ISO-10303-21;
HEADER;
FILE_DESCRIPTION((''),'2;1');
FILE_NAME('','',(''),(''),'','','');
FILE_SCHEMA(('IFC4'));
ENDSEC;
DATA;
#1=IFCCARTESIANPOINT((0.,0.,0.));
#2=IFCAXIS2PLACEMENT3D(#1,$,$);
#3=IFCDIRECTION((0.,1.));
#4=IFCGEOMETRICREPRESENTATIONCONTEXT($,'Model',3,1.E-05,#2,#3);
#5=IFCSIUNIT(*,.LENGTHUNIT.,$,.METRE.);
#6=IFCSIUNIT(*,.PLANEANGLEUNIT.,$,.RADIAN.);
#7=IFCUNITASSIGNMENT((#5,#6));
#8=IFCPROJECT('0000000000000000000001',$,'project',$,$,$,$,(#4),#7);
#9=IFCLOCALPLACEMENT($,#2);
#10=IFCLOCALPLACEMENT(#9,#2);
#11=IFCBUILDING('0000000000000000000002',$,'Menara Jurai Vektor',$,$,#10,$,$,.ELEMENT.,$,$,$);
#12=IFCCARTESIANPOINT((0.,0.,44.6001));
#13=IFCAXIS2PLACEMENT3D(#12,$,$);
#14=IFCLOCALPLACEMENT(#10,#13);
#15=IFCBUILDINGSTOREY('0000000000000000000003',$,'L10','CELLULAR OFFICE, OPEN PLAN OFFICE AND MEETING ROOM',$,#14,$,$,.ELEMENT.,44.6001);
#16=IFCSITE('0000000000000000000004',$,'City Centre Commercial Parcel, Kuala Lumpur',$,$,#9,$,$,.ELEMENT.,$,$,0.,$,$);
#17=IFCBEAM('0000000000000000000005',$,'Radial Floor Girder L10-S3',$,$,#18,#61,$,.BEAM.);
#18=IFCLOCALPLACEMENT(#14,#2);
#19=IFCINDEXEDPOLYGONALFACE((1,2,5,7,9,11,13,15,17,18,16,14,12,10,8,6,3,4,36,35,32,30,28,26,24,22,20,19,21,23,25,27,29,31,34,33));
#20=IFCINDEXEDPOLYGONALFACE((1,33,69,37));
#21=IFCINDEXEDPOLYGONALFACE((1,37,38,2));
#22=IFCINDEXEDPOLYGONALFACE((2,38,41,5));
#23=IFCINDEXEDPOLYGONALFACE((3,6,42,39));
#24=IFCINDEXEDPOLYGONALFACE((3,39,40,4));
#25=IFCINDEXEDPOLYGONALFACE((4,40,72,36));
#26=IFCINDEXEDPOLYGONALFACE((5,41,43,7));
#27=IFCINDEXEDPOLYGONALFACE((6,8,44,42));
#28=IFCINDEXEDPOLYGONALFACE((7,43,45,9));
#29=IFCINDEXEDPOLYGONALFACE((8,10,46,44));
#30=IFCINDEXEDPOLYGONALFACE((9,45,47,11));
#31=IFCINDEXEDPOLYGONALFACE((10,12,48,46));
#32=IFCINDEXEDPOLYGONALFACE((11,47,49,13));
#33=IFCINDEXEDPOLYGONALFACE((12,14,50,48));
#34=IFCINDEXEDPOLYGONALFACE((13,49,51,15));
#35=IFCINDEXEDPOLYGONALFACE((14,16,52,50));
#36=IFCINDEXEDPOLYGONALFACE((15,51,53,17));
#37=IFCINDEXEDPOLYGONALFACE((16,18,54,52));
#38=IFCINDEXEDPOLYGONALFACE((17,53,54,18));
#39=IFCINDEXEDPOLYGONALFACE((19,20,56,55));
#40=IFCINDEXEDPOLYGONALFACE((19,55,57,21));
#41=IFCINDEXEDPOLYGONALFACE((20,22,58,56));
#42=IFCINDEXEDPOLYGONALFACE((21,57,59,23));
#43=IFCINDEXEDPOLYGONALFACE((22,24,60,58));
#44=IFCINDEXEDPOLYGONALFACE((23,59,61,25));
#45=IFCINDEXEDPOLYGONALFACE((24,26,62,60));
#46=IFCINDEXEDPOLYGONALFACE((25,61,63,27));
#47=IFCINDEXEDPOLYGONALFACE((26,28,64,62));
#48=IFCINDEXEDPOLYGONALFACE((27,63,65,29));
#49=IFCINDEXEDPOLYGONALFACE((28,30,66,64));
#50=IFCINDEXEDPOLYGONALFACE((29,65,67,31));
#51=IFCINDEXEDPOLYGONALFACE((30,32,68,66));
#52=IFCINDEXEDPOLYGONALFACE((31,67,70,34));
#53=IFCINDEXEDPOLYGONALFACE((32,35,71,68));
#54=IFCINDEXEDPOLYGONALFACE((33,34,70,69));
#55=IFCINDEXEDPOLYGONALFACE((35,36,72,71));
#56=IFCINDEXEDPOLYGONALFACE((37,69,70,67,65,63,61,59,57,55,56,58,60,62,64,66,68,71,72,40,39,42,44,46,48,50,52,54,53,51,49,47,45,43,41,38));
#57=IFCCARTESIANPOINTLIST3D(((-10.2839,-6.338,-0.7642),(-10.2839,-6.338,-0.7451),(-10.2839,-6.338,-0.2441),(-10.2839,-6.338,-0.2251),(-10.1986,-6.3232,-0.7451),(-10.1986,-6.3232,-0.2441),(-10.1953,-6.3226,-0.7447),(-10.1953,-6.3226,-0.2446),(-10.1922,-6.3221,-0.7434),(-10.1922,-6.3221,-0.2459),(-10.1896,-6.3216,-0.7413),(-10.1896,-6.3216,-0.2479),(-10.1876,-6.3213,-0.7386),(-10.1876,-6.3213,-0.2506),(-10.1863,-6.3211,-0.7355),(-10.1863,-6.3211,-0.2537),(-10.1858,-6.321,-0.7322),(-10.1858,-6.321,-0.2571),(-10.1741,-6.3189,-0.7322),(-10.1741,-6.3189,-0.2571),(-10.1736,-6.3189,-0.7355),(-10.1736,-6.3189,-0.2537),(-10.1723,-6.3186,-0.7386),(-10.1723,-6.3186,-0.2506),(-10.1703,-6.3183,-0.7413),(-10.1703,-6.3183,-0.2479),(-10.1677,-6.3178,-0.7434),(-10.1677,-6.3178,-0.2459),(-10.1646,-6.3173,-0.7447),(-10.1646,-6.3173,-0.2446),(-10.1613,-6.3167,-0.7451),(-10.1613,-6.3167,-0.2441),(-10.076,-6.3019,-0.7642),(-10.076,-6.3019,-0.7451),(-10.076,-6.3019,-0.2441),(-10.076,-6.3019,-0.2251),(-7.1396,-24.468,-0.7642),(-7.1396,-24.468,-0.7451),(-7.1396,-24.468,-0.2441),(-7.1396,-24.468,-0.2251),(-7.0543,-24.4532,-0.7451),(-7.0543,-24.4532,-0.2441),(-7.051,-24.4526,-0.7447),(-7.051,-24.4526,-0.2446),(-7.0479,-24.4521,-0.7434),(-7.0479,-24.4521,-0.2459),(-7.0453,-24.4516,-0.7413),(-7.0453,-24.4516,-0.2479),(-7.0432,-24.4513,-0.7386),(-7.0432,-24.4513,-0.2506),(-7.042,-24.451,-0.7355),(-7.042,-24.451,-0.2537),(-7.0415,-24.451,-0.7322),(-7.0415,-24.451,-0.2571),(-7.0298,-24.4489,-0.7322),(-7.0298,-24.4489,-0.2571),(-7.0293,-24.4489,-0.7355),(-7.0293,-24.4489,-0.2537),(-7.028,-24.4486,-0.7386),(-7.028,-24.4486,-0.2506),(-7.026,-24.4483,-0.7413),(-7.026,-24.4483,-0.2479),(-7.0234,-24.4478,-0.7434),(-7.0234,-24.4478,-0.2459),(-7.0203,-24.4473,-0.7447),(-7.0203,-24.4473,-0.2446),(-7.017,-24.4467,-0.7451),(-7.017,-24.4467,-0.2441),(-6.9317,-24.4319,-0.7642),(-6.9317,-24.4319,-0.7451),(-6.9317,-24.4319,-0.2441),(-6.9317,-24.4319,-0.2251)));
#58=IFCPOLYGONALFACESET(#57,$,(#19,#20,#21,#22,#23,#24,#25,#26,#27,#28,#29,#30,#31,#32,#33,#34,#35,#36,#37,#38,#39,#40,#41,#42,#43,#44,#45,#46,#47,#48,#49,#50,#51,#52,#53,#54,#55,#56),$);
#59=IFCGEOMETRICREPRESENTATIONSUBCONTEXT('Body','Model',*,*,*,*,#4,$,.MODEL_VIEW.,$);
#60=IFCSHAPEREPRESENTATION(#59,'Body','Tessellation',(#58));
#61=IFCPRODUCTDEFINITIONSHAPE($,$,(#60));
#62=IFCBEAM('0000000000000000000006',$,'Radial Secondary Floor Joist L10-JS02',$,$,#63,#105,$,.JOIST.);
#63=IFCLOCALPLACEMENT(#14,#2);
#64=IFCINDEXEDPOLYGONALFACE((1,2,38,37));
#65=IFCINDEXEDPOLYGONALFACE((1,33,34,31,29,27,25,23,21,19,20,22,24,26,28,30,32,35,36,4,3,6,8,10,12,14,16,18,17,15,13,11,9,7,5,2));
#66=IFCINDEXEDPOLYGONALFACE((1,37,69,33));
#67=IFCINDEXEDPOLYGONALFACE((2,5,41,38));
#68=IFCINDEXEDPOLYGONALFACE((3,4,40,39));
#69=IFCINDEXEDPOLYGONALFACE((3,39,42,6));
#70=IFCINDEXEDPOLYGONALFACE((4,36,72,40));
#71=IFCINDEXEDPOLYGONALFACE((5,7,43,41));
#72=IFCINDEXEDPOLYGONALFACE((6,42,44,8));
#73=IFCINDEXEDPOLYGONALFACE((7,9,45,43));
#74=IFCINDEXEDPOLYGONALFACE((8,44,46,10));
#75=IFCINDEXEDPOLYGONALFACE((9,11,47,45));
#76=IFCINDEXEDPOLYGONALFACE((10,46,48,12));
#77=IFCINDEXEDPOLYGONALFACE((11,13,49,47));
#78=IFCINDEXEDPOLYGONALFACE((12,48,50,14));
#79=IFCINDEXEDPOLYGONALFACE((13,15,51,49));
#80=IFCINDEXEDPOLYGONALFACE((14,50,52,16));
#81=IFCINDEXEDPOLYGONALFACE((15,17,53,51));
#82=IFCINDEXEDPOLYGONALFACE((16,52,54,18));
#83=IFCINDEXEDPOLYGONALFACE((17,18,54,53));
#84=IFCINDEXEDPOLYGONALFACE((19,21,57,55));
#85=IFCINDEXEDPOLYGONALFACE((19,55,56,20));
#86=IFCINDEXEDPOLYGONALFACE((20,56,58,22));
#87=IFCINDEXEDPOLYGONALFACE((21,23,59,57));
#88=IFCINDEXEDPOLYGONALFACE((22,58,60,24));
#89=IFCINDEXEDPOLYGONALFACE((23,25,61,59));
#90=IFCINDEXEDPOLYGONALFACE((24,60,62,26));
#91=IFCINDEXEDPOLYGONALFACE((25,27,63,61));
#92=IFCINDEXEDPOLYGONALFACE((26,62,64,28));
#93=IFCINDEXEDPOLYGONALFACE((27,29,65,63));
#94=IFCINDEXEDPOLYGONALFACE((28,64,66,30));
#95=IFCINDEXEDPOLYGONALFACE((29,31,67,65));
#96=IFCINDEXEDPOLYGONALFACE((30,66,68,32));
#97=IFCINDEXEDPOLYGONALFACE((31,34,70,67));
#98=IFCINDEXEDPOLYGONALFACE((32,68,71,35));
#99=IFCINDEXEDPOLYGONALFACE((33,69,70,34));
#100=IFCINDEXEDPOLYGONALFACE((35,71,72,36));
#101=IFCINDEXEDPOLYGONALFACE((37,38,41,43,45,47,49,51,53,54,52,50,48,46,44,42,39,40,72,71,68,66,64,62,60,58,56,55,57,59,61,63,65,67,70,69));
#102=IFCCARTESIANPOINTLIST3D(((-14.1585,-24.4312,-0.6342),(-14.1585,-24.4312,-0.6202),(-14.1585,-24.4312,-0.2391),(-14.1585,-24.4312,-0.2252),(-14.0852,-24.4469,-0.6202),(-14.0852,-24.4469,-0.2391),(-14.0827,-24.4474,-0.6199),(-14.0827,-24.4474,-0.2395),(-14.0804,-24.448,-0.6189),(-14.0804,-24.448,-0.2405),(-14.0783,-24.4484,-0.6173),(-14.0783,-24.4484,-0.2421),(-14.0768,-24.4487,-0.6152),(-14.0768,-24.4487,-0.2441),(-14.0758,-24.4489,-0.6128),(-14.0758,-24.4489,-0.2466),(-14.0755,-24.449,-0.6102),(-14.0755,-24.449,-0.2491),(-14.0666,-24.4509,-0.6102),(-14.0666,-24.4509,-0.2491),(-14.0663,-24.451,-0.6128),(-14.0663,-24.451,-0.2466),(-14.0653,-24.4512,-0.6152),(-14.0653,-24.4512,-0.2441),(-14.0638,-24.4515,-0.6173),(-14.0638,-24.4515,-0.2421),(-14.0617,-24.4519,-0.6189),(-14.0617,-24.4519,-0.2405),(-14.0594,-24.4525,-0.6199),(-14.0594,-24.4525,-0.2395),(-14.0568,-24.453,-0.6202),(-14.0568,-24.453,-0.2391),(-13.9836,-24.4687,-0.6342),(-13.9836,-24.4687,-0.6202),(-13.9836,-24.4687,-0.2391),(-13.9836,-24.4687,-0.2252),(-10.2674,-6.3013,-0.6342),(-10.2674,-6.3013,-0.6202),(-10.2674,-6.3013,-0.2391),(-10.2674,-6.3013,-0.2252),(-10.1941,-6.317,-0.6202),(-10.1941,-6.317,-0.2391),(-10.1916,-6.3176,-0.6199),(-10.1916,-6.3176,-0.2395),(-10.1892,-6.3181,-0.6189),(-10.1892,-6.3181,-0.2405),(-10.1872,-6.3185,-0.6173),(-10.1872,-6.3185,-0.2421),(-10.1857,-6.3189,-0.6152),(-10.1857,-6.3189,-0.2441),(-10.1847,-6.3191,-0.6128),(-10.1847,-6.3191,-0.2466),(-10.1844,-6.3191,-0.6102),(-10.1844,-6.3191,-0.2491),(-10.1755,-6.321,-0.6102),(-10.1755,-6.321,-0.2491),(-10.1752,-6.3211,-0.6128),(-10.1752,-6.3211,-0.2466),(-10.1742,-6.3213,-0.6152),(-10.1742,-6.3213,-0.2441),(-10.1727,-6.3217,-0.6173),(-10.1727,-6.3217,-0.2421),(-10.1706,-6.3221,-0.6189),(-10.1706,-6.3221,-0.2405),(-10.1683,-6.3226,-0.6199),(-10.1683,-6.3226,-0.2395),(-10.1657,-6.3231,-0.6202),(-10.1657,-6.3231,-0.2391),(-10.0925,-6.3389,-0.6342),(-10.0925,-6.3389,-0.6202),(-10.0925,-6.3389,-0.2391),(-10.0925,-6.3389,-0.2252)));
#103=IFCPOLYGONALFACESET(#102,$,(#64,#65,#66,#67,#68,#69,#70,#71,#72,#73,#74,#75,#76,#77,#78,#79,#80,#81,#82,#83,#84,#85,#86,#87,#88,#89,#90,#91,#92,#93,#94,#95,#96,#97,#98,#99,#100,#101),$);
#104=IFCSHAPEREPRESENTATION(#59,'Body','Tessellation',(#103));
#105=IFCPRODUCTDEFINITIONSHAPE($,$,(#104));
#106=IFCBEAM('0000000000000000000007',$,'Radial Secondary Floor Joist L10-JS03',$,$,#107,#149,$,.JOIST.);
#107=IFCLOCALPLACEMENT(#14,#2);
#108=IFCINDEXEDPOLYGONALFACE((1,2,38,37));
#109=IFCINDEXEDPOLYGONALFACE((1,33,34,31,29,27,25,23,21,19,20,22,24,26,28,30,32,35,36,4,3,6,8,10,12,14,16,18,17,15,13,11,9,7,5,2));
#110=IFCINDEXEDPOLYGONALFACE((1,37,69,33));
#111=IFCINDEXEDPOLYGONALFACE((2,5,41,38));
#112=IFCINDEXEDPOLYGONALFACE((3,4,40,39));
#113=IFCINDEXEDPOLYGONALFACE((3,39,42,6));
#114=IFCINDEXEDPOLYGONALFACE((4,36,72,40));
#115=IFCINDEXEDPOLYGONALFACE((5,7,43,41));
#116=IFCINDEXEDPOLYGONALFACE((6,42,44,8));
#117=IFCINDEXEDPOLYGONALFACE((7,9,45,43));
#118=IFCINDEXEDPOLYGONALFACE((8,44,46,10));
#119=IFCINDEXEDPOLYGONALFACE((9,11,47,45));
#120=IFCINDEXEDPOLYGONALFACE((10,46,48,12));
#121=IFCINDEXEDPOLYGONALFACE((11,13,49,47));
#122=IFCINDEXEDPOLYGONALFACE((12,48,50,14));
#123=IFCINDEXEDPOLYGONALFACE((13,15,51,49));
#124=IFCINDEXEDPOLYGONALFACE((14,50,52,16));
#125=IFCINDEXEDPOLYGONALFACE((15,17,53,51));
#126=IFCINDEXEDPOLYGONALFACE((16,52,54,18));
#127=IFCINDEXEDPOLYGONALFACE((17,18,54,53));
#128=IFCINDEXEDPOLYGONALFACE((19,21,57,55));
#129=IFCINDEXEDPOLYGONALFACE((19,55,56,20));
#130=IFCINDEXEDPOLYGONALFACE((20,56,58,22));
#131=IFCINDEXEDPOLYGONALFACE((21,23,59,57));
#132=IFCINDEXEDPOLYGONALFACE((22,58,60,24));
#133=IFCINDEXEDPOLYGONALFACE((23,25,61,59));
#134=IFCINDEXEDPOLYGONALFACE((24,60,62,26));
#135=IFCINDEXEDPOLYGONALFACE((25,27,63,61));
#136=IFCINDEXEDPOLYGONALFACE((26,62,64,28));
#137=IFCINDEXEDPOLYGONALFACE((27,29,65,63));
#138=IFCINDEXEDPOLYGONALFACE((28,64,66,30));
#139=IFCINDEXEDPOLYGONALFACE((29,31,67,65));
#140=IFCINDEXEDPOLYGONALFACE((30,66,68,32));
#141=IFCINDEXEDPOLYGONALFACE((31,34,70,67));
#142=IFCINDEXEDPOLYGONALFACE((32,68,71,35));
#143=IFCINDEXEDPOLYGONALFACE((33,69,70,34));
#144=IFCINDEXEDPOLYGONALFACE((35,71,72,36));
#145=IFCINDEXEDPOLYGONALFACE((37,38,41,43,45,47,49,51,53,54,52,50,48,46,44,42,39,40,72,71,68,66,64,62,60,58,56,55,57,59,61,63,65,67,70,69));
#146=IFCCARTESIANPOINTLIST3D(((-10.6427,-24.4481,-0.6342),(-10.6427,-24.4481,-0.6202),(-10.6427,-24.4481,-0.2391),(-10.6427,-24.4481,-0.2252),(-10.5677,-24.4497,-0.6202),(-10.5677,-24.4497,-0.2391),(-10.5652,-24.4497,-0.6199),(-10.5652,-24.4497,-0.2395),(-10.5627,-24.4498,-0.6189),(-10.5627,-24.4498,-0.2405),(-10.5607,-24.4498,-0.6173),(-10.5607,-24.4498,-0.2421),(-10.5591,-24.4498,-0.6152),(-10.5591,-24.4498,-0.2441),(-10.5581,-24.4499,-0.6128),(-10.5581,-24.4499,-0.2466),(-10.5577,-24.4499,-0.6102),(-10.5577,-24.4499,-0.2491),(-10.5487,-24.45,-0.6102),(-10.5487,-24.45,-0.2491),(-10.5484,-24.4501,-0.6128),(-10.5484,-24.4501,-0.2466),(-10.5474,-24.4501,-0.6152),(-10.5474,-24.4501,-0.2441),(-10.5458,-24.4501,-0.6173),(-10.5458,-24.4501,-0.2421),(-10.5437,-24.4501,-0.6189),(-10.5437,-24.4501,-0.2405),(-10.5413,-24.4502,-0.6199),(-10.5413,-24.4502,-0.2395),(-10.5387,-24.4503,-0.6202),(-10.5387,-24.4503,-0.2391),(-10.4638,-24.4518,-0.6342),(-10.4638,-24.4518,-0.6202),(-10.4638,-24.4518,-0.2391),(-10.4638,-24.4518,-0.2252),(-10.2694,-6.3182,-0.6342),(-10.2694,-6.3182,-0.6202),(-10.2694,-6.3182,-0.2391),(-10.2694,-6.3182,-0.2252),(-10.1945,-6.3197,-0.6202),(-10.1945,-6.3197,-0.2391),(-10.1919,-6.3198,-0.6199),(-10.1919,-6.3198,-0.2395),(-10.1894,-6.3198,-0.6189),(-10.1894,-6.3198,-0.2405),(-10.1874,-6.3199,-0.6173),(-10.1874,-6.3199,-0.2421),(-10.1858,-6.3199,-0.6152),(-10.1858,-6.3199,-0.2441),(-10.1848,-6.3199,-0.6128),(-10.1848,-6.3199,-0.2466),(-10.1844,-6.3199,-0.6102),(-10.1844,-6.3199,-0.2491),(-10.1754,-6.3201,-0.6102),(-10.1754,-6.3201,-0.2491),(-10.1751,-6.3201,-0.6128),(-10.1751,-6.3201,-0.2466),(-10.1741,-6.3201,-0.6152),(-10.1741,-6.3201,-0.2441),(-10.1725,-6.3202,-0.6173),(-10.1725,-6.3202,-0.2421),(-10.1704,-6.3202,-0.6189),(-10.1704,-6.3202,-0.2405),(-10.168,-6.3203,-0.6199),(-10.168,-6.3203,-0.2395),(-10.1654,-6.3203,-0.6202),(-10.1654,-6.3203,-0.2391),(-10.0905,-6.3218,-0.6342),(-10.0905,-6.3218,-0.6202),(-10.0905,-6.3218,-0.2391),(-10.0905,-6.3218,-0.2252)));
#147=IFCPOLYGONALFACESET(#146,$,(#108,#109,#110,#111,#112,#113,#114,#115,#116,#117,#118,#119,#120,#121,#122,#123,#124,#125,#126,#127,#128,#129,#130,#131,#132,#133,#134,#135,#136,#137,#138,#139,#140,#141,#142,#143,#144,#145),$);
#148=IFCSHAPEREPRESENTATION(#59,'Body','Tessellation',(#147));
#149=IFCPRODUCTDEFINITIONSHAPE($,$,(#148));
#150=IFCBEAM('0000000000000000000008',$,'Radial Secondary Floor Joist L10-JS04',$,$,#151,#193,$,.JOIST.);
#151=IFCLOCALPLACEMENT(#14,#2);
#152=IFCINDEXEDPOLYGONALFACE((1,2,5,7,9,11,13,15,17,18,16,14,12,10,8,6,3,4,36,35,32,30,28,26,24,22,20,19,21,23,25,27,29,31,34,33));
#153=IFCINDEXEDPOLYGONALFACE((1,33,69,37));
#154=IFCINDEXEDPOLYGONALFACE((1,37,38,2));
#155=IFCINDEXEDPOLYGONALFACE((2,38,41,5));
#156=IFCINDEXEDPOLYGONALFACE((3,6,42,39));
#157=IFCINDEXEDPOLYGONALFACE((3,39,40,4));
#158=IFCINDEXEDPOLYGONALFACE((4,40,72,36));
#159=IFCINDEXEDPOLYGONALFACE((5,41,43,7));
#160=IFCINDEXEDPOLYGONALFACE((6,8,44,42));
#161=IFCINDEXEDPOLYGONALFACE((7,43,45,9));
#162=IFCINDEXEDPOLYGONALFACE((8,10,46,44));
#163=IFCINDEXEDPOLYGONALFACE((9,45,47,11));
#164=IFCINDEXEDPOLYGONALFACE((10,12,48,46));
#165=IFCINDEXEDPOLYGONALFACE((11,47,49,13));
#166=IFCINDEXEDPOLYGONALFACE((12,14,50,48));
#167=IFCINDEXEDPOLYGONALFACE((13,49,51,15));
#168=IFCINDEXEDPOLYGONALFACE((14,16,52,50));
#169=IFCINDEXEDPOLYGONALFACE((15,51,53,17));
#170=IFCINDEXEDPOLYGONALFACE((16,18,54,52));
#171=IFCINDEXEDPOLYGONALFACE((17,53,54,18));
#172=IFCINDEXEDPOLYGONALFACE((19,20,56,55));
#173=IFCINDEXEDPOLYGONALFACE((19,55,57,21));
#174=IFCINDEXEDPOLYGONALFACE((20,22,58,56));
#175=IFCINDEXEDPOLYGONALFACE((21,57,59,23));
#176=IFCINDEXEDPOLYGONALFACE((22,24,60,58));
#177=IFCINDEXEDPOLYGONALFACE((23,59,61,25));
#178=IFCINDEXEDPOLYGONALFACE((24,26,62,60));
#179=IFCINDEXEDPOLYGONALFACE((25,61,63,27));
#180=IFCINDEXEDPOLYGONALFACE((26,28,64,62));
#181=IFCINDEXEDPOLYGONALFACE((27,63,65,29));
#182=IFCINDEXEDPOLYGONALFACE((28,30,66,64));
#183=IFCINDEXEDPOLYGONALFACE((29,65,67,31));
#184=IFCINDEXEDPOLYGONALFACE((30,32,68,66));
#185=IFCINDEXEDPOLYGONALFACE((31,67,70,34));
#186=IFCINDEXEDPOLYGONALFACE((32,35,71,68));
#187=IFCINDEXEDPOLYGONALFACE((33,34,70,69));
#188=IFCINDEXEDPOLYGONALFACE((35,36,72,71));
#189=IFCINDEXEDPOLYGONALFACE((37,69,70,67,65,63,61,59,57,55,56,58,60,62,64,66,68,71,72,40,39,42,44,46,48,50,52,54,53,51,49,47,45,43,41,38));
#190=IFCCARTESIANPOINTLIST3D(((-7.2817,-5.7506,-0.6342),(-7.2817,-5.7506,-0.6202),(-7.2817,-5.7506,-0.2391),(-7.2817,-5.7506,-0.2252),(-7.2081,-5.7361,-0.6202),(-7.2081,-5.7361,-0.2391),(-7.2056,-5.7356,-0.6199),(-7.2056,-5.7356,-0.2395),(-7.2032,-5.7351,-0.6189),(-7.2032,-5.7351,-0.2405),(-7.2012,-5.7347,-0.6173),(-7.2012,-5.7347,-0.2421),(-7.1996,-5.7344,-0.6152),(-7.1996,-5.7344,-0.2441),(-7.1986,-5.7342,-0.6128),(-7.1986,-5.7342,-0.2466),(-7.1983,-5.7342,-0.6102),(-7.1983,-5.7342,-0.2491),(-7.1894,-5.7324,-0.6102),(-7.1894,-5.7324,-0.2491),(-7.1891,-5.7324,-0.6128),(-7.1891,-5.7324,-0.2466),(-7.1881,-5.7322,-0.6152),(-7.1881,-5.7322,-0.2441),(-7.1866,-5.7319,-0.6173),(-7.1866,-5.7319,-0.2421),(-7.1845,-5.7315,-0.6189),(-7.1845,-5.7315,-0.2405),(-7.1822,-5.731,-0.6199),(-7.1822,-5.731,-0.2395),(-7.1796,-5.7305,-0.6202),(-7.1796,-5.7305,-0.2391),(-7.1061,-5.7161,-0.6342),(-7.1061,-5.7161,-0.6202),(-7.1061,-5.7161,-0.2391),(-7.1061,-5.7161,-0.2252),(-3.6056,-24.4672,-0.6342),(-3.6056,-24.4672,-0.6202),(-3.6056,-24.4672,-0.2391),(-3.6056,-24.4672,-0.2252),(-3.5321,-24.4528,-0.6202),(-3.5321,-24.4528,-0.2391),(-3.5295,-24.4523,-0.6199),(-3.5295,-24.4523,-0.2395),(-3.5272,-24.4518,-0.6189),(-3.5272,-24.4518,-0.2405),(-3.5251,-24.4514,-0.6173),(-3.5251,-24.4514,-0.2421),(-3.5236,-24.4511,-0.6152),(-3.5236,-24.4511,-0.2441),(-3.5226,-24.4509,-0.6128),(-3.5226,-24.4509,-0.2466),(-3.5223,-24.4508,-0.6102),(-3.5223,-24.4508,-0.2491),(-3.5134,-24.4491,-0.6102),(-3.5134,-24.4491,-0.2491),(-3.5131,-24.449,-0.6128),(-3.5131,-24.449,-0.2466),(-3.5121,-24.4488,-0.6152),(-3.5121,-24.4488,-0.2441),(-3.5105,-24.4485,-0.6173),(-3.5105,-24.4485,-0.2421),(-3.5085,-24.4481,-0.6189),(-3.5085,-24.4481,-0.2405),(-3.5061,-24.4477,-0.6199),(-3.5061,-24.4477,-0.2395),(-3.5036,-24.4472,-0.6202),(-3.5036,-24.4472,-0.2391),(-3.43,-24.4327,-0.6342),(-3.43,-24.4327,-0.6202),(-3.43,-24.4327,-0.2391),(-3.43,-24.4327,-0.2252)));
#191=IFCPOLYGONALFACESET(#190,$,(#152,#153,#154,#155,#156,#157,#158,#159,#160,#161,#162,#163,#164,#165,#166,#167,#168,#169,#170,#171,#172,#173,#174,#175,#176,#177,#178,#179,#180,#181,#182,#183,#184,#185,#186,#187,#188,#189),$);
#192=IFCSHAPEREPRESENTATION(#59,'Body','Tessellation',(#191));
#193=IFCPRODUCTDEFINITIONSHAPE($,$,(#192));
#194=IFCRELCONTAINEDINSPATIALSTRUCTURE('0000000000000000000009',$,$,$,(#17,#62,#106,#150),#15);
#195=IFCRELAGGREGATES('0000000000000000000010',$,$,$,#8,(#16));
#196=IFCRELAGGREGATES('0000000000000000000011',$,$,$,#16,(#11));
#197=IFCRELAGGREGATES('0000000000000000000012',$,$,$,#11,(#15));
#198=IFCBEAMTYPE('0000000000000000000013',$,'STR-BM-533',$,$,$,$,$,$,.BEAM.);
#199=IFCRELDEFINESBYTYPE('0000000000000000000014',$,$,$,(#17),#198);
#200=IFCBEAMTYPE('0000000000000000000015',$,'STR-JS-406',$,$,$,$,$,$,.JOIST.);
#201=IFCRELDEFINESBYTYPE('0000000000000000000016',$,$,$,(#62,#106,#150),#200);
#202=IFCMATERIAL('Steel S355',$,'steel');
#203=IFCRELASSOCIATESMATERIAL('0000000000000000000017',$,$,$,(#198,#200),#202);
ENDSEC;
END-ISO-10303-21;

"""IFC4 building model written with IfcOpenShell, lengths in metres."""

from ifc_helpers import new_model, si_unit, direction, frame, origin, origin_2d, place, context, subcontext, project, spatial, i_section, extrude, material, material_profile, profile_set, type_object, element, save


model = new_model("IFC4")

# Units and contexts
model_context = context("Model", 3, precision=1e-05, world=origin(), true_north=direction((0.0, 1.0)))
body_context = subcontext(model_context, "Body", "Model", "MODEL_VIEW")
ifc_project = project(units=[si_unit("LENGTHUNIT", "METRE"), si_unit("PLANEANGLEUNIT", "RADIAN")], contexts=[model_context])

# Site, building, storey
site_placement = place(None, origin())
site = spatial("IfcSite", under=ifc_project, at=site_placement, Name="City Centre Commercial Parcel, Kuala Lumpur", CompositionType="ELEMENT", RefElevation=0.0)
building_placement = place(site_placement, origin())
building = spatial("IfcBuilding", under=site, at=building_placement, Name="Menara Jurai Vektor", CompositionType="ELEMENT")
storey_placement = place(building_placement, frame((0.0, 0.0, 44.6001)))
storey = spatial("IfcBuildingStorey", under=building, at=storey_placement, Name="L10", Description="CELLULAR OFFICE, OPEN PLAN OFFICE AND MEETING ROOM", CompositionType="ELEMENT", Elevation=44.6001)

# Beams
ifc_material_1 = material(Name="Steel S355", Category="steel")
ifc_material_profile_1 = material_profile(ifc_material_1, i_section(OverallWidth=0.2109, OverallDepth=0.5391, WebThickness=0.012, FlangeThickness=0.019, FilletRadius=0.0129, at=origin_2d()), Name="UKB 533x210x109")
ifc_profile_set_1 = profile_set([ifc_material_profile_1], Name="Steel S355")
beam_type_1 = type_object("IfcBeamType", Name="STR-BM-533", PredefinedType="BEAM", material=ifc_profile_set_1)
beam_1_placement = place(storey_placement, frame((-7.0356, -24.45, -0.4946), z_axis=(-0.17088, 0.985292, 0.0), x_axis=(-0.985292, -0.17088, 0.0)))
element("IfcBeam", 1, at=beam_1_placement, inside=storey, type_object=beam_type_1, Name="Radial Floor Girder L10-S3", PredefinedType="BEAM", context=body_context, shape_type="SweptSolid", body=[
    extrude(i_section(OverallWidth=0.2109, OverallDepth=0.5391, WebThickness=0.012, FlangeThickness=0.019, FilletRadius=0.0129, at=origin_2d()), origin(), (0.0, 0.0, 1.0), 18.4006),
])
ifc_material_profile_2 = material_profile(ifc_material_1, i_section(OverallWidth=0.179, OverallDepth=0.4089, WebThickness=0.009, FlangeThickness=0.0139, FilletRadius=0.01, at=origin_2d()), Name="UKB 406x178x67")
ifc_profile_set_2 = profile_set([ifc_material_profile_2], Name="Steel S355")
beam_type_2 = type_object("IfcBeamType", Name="STR-JS-406", PredefinedType="JOIST", material=ifc_profile_set_2)
beam_2_placement = place(storey_placement, frame((-14.071, -24.45, -0.4297), z_axis=(0.209846, 0.977735, 0.0), x_axis=(-0.977735, 0.209846, 0.0)))
element("IfcBeam", 2, at=beam_2_placement, inside=storey, type_object=beam_type_2, Name="Radial Secondary Floor Joist L10-JS02", PredefinedType="JOIST", context=body_context, shape_type="SweptSolid", body=[
    extrude(i_section(OverallWidth=0.179, OverallDepth=0.4089, WebThickness=0.009, FlangeThickness=0.0139, FilletRadius=0.01, at=origin_2d()), origin(), (0.0, 0.0, 1.0), 18.5427),
])
beam_3_placement = place(storey_placement, frame((-10.5532, -24.45, -0.4297), z_axis=(0.020585, 0.999788, 0.0), x_axis=(-0.999788, 0.020585, 0.0)))
element("IfcBeam", 3, at=beam_3_placement, inside=storey, type_object=beam_type_2, Name="Radial Secondary Floor Joist L10-JS03", PredefinedType="JOIST", context=body_context, shape_type="SweptSolid", body=[
    extrude(i_section(OverallWidth=0.179, OverallDepth=0.4089, WebThickness=0.009, FlangeThickness=0.0139, FilletRadius=0.01, at=origin_2d()), origin(), (0.0, 0.0, 1.0), 18.1338),
])
beam_4_placement = place(storey_placement, frame((-3.5178, -24.45, -0.4297), z_axis=(-0.192723, 0.981253, 0.0), x_axis=(-0.981253, -0.192723, 0.0)))
element("IfcBeam", 4, at=beam_4_placement, inside=storey, type_object=beam_type_2, Name="Radial Secondary Floor Joist L10-JS04", PredefinedType="JOIST", context=body_context, shape_type="SweptSolid", body=[
    extrude(i_section(OverallWidth=0.179, OverallDepth=0.4089, WebThickness=0.009, FlangeThickness=0.0139, FilletRadius=0.01, at=origin_2d()), origin(), (0.0, 0.0, 1.0), 19.0742),
])

save(model, "model.ifc")
